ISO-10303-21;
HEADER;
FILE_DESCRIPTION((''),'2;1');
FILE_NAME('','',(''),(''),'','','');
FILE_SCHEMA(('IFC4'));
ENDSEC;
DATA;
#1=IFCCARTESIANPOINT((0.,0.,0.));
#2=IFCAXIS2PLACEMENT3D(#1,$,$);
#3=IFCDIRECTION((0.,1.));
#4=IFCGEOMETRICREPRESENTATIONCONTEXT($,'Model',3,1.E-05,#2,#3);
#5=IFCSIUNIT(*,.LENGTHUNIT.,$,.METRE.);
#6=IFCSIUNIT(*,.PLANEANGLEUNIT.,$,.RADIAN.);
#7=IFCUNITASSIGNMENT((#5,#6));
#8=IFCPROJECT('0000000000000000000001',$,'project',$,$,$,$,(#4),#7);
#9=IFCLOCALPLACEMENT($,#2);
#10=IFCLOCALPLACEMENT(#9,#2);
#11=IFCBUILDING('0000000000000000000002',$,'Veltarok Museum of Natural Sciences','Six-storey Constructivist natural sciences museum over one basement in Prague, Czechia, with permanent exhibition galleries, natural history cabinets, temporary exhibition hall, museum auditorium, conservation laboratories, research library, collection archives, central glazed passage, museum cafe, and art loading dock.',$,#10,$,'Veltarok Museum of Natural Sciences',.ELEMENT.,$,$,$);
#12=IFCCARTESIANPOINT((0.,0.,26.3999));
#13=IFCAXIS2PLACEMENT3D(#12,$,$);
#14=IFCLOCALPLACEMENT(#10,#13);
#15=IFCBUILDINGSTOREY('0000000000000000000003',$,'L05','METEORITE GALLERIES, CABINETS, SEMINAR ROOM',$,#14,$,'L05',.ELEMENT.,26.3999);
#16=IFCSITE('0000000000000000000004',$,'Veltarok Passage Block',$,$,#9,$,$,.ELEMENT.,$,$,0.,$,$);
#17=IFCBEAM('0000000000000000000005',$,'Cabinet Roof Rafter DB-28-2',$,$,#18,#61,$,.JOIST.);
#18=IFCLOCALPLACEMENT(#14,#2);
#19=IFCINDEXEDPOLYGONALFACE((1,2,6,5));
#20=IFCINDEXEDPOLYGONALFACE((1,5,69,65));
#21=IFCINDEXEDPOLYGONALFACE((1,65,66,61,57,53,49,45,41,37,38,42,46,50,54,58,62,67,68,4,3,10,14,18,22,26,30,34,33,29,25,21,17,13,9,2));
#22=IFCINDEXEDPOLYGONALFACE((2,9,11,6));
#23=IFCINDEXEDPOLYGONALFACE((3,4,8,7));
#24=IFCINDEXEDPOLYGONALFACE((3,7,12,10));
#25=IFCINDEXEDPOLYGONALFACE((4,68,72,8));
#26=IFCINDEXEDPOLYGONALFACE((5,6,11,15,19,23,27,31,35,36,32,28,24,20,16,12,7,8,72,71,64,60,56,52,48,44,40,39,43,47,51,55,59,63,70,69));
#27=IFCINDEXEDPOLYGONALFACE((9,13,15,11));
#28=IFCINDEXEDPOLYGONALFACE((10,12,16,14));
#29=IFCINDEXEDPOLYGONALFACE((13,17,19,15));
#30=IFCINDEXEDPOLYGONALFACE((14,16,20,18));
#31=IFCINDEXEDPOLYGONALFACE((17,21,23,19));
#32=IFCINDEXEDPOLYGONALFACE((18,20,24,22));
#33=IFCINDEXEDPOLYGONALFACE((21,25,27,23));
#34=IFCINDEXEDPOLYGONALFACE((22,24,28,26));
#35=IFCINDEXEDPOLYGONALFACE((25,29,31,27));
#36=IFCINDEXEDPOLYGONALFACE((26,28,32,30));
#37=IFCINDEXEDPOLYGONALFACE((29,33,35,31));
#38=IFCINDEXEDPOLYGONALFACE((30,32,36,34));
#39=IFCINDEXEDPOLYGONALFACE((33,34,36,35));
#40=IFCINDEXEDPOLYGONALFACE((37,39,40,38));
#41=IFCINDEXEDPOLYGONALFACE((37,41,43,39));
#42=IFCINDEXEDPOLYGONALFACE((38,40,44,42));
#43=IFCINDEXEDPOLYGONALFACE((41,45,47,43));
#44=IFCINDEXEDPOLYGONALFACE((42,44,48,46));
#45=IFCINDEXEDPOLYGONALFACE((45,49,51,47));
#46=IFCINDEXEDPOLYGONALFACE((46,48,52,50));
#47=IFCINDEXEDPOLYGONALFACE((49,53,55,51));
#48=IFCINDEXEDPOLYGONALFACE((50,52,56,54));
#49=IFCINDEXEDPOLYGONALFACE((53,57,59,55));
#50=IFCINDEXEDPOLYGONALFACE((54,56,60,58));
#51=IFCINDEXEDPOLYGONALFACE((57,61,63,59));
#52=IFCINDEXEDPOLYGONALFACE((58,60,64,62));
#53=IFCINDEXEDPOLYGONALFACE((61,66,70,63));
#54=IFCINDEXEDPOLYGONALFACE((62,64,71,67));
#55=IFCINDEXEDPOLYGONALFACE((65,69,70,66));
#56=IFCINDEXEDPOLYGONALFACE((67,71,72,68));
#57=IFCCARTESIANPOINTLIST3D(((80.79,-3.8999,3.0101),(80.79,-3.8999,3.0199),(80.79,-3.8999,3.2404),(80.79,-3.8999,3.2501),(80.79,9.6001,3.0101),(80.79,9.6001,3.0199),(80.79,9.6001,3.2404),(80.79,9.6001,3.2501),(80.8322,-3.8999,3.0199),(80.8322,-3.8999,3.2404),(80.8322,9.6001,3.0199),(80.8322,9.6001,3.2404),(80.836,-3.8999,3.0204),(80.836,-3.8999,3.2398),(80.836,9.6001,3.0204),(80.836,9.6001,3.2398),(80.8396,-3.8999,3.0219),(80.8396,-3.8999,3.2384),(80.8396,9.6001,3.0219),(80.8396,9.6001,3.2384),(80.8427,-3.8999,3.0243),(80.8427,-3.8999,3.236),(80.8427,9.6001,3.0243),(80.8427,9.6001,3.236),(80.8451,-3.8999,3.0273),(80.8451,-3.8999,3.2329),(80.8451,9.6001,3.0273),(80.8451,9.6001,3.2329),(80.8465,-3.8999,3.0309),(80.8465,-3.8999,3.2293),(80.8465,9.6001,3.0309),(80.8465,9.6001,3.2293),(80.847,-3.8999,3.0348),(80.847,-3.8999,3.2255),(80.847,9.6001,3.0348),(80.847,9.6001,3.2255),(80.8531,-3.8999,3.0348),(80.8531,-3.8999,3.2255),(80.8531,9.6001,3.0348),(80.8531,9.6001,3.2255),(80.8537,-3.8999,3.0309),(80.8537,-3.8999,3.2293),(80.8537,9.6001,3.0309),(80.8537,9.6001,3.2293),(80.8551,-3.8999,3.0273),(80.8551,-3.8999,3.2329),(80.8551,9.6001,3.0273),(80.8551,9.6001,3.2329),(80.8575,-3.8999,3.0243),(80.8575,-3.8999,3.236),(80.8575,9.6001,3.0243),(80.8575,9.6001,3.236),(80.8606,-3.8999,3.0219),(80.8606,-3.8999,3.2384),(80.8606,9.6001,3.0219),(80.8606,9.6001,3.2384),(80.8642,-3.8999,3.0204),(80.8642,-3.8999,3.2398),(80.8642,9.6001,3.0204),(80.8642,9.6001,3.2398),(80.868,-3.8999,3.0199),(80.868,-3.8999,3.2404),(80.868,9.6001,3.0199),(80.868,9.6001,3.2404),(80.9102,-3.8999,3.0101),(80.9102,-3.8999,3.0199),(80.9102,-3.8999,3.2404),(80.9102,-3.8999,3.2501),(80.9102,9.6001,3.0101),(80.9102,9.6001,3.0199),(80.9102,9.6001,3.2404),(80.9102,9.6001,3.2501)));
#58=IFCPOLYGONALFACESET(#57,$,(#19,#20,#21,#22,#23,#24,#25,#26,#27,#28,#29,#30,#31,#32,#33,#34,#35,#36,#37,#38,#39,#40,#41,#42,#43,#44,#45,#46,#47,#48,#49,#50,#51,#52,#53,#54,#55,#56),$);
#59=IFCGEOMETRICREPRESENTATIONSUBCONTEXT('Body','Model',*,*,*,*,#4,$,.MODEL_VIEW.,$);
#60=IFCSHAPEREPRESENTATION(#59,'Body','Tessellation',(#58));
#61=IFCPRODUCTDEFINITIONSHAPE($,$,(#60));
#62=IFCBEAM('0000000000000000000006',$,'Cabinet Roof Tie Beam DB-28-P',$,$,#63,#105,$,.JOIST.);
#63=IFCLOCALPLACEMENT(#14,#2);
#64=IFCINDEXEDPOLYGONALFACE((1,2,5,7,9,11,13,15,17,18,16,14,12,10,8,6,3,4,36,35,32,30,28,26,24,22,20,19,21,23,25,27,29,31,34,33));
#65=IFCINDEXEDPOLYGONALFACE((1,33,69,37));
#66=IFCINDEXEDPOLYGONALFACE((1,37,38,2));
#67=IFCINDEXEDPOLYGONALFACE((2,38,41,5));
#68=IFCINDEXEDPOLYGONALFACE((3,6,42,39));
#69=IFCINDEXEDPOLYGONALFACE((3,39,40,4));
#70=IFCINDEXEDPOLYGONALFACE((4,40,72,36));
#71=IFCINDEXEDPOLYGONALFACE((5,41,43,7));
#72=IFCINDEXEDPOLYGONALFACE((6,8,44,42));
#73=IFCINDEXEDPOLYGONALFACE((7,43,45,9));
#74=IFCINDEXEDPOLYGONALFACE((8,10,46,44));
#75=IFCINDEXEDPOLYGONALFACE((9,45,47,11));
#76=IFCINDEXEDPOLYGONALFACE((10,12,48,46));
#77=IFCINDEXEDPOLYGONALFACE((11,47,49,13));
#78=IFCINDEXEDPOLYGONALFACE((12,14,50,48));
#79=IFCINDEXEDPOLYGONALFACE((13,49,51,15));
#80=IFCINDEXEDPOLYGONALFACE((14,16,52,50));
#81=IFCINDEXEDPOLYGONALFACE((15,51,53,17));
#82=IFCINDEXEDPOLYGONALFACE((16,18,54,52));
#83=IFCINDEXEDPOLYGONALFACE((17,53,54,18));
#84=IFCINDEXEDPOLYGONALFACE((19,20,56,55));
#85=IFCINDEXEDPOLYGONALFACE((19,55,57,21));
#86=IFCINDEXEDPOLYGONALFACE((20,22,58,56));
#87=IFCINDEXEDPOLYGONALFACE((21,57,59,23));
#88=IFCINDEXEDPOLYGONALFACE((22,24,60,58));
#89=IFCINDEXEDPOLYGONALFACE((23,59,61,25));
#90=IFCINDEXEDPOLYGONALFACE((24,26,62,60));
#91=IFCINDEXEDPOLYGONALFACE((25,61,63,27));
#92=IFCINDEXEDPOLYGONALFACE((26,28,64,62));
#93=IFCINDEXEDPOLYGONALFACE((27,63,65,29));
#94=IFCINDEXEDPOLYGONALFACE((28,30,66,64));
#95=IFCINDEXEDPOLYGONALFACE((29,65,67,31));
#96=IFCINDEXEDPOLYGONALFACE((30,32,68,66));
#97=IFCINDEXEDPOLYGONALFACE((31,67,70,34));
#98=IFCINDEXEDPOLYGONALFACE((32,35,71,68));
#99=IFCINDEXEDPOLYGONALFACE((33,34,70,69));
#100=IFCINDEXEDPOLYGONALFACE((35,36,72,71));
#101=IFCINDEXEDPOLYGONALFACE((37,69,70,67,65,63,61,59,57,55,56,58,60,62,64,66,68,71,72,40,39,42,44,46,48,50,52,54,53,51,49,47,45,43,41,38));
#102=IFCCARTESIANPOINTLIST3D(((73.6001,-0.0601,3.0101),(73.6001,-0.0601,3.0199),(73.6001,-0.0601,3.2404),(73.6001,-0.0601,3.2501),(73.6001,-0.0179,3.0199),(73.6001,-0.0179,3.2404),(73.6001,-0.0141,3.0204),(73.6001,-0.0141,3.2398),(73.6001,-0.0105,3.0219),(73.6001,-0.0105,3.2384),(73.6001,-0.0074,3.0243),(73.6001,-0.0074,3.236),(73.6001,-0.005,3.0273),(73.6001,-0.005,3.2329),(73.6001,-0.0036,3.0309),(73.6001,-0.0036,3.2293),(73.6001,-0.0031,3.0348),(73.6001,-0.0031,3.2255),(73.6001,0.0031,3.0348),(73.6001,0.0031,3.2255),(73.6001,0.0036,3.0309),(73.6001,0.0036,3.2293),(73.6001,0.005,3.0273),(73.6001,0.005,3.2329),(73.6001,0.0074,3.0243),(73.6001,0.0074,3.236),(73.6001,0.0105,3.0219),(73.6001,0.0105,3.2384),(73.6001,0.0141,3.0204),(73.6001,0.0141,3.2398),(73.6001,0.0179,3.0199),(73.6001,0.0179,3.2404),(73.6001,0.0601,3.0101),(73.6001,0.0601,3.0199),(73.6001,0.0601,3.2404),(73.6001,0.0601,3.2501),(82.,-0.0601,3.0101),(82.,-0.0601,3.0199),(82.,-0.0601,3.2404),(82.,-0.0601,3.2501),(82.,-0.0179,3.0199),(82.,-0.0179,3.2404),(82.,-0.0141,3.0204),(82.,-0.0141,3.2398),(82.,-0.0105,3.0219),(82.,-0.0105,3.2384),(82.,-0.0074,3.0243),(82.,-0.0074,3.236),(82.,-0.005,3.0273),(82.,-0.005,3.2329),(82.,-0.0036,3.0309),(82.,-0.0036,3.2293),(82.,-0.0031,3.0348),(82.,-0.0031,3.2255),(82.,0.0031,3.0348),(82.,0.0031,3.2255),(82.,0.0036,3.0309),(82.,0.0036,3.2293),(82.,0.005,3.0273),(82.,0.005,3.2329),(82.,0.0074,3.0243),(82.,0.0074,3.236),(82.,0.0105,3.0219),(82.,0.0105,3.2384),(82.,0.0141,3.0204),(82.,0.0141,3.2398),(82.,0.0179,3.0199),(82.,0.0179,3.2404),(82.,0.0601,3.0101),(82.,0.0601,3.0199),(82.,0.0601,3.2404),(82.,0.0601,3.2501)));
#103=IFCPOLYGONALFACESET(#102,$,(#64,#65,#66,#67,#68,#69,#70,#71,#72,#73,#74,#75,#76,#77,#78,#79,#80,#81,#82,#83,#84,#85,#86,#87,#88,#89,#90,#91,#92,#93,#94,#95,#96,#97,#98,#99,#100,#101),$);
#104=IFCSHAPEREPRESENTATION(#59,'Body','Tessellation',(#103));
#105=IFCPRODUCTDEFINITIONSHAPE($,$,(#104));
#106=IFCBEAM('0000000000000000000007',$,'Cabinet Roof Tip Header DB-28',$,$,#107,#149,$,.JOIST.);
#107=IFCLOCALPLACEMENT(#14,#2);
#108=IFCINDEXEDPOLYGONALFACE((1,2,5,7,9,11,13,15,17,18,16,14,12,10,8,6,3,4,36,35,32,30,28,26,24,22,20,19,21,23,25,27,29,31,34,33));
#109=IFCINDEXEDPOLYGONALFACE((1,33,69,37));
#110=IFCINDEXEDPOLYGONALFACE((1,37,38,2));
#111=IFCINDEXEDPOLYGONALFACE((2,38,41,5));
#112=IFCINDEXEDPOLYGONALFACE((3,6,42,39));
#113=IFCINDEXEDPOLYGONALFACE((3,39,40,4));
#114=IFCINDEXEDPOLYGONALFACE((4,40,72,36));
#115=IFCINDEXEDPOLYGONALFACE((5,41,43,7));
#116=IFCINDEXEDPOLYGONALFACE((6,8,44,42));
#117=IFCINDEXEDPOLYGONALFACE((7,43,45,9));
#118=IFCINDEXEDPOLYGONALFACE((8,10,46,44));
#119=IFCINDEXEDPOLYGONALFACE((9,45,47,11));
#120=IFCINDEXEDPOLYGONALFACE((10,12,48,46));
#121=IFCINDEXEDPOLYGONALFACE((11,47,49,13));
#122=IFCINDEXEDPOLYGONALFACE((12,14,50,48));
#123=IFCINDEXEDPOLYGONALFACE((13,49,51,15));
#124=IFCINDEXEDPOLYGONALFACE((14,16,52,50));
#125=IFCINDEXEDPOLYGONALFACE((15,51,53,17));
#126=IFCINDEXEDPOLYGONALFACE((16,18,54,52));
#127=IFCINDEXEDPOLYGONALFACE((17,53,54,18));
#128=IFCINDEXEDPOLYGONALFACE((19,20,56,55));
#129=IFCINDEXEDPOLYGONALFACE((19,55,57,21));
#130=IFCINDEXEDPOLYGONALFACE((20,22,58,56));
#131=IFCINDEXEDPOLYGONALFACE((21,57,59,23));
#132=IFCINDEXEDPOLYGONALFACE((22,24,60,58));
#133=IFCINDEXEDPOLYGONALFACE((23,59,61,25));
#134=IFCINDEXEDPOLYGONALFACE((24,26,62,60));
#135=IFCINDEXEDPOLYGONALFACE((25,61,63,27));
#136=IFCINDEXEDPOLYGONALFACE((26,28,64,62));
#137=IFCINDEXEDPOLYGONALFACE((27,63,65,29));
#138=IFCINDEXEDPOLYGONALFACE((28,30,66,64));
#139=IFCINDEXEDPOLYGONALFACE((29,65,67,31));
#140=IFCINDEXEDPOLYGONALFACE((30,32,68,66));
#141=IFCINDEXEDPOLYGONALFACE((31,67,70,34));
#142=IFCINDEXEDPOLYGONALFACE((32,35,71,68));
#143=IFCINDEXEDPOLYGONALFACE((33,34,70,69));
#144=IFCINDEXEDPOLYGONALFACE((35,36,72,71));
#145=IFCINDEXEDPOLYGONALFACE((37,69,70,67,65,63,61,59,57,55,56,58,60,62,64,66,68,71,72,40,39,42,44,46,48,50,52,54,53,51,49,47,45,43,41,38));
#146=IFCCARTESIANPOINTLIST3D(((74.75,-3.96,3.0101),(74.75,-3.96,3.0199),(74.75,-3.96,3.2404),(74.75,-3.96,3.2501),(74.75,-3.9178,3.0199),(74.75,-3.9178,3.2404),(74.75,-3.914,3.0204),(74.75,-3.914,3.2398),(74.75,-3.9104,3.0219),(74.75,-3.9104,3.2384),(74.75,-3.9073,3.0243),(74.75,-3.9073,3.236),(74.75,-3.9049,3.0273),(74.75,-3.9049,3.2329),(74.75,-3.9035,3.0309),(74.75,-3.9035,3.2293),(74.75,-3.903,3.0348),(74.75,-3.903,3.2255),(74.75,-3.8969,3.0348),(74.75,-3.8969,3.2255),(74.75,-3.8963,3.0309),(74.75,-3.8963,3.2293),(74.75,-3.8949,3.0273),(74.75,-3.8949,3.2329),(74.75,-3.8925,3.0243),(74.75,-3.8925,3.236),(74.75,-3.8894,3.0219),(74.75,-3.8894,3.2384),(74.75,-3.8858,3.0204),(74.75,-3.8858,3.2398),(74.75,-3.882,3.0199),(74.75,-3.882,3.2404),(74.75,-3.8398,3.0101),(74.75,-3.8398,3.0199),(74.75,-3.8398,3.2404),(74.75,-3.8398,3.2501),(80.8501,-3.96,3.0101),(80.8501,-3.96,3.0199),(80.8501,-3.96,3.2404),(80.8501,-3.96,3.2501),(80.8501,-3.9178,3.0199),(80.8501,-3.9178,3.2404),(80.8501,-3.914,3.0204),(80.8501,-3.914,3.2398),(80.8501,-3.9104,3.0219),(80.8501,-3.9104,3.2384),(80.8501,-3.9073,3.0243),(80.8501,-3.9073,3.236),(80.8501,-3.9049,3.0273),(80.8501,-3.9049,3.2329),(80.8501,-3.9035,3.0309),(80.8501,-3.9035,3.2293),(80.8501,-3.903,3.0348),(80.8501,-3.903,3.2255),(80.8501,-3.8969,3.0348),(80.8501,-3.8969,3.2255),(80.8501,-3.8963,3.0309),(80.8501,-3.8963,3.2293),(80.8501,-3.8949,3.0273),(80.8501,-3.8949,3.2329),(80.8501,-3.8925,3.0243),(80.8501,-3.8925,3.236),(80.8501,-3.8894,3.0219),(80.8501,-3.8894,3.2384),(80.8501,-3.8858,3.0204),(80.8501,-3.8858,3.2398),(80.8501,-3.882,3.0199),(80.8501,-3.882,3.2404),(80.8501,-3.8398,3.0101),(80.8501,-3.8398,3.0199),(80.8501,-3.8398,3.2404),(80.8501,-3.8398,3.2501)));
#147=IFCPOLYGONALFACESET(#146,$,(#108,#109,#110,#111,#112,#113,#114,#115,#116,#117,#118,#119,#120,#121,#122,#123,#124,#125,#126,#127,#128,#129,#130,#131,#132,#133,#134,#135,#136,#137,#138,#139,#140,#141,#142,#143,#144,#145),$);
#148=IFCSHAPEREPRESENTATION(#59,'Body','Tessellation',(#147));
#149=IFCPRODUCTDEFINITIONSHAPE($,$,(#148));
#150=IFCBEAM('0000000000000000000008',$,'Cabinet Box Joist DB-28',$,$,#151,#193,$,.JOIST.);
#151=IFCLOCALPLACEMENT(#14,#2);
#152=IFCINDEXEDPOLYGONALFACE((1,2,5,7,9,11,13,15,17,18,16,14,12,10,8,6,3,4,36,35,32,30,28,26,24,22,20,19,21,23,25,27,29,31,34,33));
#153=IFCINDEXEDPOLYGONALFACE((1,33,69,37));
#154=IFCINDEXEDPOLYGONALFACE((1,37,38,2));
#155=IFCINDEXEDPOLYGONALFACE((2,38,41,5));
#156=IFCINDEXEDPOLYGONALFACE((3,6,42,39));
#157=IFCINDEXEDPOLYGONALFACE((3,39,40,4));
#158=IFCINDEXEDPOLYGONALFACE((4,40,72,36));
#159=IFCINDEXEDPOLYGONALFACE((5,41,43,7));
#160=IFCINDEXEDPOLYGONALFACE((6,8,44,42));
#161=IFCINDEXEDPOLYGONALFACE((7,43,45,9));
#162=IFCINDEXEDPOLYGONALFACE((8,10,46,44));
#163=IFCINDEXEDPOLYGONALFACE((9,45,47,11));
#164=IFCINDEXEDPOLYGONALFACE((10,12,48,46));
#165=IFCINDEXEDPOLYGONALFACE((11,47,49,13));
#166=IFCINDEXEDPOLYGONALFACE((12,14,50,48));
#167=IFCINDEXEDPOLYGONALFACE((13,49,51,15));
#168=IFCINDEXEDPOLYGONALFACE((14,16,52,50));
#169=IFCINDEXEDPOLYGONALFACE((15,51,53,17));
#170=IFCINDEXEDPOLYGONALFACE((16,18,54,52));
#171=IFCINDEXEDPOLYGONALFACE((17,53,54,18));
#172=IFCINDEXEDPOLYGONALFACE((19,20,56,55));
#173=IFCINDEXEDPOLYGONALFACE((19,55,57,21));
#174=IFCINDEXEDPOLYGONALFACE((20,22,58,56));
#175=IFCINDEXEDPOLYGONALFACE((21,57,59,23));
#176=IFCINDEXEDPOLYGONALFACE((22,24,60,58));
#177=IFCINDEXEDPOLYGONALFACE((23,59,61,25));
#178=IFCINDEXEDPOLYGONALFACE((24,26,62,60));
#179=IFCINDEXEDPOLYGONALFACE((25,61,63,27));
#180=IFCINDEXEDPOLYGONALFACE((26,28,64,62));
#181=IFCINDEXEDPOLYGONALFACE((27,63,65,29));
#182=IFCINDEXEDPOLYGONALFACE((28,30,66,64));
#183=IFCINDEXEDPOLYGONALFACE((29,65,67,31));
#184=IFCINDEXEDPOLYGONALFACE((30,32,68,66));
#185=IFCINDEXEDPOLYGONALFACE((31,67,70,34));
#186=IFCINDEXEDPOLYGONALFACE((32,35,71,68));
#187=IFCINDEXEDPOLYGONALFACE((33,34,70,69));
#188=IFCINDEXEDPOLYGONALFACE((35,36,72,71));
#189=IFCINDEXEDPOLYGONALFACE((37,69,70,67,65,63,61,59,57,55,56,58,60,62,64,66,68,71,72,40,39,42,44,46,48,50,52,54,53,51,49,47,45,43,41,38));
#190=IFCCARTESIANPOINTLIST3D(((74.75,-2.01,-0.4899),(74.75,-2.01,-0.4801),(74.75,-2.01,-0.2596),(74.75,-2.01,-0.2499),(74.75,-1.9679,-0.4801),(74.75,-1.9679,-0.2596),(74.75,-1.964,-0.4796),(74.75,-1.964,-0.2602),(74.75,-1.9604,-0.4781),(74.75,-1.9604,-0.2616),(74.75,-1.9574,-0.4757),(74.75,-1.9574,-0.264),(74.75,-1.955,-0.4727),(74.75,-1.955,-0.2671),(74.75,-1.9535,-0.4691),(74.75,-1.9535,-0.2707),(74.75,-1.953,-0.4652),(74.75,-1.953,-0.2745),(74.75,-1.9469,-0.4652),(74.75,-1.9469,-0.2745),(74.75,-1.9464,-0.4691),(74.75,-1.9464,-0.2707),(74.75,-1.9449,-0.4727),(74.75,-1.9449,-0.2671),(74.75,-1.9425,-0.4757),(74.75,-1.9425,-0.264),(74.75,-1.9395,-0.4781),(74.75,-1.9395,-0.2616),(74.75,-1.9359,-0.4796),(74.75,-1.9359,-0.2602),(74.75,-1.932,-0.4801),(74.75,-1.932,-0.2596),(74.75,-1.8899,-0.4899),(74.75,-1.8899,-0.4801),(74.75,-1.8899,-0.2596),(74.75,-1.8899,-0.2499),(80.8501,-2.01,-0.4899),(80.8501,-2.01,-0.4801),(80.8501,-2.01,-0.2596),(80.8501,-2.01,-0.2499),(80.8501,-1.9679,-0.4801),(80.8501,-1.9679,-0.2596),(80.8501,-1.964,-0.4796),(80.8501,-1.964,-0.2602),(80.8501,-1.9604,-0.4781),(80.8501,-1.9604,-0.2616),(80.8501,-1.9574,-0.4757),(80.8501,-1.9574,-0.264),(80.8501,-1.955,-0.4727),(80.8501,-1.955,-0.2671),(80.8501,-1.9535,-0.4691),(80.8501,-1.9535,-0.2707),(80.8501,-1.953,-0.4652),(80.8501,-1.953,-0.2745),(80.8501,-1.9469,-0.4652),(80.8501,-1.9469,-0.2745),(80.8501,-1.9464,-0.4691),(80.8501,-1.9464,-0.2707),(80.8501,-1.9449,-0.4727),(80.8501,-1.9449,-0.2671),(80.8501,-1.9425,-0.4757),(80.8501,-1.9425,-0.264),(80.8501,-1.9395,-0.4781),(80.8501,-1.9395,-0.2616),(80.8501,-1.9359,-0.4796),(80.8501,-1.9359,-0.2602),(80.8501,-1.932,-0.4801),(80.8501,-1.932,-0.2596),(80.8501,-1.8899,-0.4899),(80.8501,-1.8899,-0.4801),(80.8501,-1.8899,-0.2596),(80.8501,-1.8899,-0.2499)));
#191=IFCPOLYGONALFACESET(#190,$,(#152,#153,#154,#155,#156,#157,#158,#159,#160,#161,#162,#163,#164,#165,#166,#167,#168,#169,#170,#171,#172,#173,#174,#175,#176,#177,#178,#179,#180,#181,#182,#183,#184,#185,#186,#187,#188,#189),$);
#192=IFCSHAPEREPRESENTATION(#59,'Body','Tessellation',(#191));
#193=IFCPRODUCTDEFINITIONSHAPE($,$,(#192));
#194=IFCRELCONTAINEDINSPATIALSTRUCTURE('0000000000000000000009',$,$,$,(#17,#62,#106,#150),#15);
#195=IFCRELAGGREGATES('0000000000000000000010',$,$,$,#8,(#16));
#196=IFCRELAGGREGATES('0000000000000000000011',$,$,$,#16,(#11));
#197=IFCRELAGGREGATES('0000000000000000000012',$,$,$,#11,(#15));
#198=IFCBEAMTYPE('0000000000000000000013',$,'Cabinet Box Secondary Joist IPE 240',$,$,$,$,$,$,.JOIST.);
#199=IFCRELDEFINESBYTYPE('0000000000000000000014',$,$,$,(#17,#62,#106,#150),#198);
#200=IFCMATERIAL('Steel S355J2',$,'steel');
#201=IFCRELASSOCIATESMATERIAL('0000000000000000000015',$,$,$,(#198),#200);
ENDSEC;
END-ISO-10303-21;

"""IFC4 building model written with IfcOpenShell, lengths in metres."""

from ifc_helpers import new_model, si_unit, direction, frame, origin, origin_2d, place, context, subcontext, project, spatial, i_section, extrude, material, material_profile, profile_set, type_object, element, save


model = new_model("IFC4")

# Units and contexts
model_context = context("Model", 3, precision=1e-05, world=origin(), true_north=direction((0.0, 1.0)))
body_context = subcontext(model_context, "Body", "Model", "MODEL_VIEW")
ifc_project = project(units=[si_unit("LENGTHUNIT", "METRE"), si_unit("PLANEANGLEUNIT", "RADIAN")], contexts=[model_context])

# Site, building, storey
site_placement = place(None, origin())
site = spatial("IfcSite", under=ifc_project, at=site_placement, Name="Veltarok Passage Block", CompositionType="ELEMENT", RefElevation=0.0)
building_placement = place(site_placement, origin())
building = spatial("IfcBuilding", under=site, at=building_placement, Name="Veltarok Museum of Natural Sciences", Description="Six-storey Constructivist natural sciences museum over one basement in Prague, Czechia, with permanent exhibition galleries, natural history cabinets, temporary exhibition hall, museum auditorium, conservation laboratories, research library, collection archives, central glazed passage, museum cafe, and art loading dock.", LongName="Veltarok Museum of Natural Sciences", CompositionType="ELEMENT")
storey_placement = place(building_placement, frame((0.0, 0.0, 26.3999)))
storey = spatial("IfcBuildingStorey", under=building, at=storey_placement, Name="L05", Description="METEORITE GALLERIES, CABINETS, SEMINAR ROOM", LongName="L05", CompositionType="ELEMENT", Elevation=26.3999)

# Beams
ifc_material_1 = material(Name="Steel S355J2", Category="steel")
ifc_material_profile_1 = material_profile(ifc_material_1, i_section(OverallWidth=0.1201, OverallDepth=0.24, WebThickness=0.0061, FlangeThickness=0.0098, FilletRadius=0.0149, at=origin_2d()), Name="IPE 240")
ifc_profile_set_1 = profile_set([ifc_material_profile_1], Name="Steel S355J2")
beam_type_1 = type_object("IfcBeamType", Name="Cabinet Box Secondary Joist IPE 240", PredefinedType="JOIST", material=ifc_profile_set_1)
for number, where, z_axis, x_axis, name in (
    (1, (80.8501, -3.8999, 3.1301), (0.0, 1.0, 0.0), (-1.0, 0.0, 0.0), "Cabinet Roof Rafter DB-28-2"),
):
    element("IfcBeam", number, at=place(storey_placement, frame(where, z_axis=z_axis, x_axis=x_axis)), inside=storey, type_object=beam_type_1, Name=name, PredefinedType="JOIST", context=body_context, shape_type="SweptSolid", body=[
        extrude(i_section(OverallWidth=0.1201, OverallDepth=0.24, WebThickness=0.0061, FlangeThickness=0.0098, FilletRadius=0.0149, at=origin_2d()), origin(), (0.0, 0.0, 1.0), 13.5),
    ])
beam_1_placement = place(storey_placement, frame((73.6001, 0.0, 3.1301), z_axis=(1.0, 0.0, 0.0), x_axis=(0.0, 1.0, 0.0)))
element("IfcBeam", 2, at=beam_1_placement, inside=storey, type_object=beam_type_1, Name="Cabinet Roof Tie Beam DB-28-P", PredefinedType="JOIST", context=body_context, shape_type="SweptSolid", body=[
    extrude(i_section(OverallWidth=0.1201, OverallDepth=0.24, WebThickness=0.0061, FlangeThickness=0.0098, FilletRadius=0.0149, at=origin_2d()), origin(), (0.0, 0.0, 1.0), 8.3999),
])
for number, where, z_axis, x_axis, name in (
    (3, (74.75, -3.8999, 3.1301), (1.0, 0.0, 0.0), (0.0, 1.0, 0.0), "Cabinet Roof Tip Header DB-28"),
    (4, (74.75, -1.95, -0.3699), (1.0, 0.0, 0.0), (0.0, 1.0, 0.0), "Cabinet Box Joist DB-28"),
):
    element("IfcBeam", number, at=place(storey_placement, frame(where, z_axis=z_axis, x_axis=x_axis)), inside=storey, type_object=beam_type_1, Name=name, PredefinedType="JOIST", context=body_context, shape_type="SweptSolid", body=[
        extrude(i_section(OverallWidth=0.1201, OverallDepth=0.24, WebThickness=0.0061, FlangeThickness=0.0098, FilletRadius=0.0149, at=origin_2d()), origin(), (0.0, 0.0, 1.0), 6.1001),
    ])

save(model, "model.ifc")
